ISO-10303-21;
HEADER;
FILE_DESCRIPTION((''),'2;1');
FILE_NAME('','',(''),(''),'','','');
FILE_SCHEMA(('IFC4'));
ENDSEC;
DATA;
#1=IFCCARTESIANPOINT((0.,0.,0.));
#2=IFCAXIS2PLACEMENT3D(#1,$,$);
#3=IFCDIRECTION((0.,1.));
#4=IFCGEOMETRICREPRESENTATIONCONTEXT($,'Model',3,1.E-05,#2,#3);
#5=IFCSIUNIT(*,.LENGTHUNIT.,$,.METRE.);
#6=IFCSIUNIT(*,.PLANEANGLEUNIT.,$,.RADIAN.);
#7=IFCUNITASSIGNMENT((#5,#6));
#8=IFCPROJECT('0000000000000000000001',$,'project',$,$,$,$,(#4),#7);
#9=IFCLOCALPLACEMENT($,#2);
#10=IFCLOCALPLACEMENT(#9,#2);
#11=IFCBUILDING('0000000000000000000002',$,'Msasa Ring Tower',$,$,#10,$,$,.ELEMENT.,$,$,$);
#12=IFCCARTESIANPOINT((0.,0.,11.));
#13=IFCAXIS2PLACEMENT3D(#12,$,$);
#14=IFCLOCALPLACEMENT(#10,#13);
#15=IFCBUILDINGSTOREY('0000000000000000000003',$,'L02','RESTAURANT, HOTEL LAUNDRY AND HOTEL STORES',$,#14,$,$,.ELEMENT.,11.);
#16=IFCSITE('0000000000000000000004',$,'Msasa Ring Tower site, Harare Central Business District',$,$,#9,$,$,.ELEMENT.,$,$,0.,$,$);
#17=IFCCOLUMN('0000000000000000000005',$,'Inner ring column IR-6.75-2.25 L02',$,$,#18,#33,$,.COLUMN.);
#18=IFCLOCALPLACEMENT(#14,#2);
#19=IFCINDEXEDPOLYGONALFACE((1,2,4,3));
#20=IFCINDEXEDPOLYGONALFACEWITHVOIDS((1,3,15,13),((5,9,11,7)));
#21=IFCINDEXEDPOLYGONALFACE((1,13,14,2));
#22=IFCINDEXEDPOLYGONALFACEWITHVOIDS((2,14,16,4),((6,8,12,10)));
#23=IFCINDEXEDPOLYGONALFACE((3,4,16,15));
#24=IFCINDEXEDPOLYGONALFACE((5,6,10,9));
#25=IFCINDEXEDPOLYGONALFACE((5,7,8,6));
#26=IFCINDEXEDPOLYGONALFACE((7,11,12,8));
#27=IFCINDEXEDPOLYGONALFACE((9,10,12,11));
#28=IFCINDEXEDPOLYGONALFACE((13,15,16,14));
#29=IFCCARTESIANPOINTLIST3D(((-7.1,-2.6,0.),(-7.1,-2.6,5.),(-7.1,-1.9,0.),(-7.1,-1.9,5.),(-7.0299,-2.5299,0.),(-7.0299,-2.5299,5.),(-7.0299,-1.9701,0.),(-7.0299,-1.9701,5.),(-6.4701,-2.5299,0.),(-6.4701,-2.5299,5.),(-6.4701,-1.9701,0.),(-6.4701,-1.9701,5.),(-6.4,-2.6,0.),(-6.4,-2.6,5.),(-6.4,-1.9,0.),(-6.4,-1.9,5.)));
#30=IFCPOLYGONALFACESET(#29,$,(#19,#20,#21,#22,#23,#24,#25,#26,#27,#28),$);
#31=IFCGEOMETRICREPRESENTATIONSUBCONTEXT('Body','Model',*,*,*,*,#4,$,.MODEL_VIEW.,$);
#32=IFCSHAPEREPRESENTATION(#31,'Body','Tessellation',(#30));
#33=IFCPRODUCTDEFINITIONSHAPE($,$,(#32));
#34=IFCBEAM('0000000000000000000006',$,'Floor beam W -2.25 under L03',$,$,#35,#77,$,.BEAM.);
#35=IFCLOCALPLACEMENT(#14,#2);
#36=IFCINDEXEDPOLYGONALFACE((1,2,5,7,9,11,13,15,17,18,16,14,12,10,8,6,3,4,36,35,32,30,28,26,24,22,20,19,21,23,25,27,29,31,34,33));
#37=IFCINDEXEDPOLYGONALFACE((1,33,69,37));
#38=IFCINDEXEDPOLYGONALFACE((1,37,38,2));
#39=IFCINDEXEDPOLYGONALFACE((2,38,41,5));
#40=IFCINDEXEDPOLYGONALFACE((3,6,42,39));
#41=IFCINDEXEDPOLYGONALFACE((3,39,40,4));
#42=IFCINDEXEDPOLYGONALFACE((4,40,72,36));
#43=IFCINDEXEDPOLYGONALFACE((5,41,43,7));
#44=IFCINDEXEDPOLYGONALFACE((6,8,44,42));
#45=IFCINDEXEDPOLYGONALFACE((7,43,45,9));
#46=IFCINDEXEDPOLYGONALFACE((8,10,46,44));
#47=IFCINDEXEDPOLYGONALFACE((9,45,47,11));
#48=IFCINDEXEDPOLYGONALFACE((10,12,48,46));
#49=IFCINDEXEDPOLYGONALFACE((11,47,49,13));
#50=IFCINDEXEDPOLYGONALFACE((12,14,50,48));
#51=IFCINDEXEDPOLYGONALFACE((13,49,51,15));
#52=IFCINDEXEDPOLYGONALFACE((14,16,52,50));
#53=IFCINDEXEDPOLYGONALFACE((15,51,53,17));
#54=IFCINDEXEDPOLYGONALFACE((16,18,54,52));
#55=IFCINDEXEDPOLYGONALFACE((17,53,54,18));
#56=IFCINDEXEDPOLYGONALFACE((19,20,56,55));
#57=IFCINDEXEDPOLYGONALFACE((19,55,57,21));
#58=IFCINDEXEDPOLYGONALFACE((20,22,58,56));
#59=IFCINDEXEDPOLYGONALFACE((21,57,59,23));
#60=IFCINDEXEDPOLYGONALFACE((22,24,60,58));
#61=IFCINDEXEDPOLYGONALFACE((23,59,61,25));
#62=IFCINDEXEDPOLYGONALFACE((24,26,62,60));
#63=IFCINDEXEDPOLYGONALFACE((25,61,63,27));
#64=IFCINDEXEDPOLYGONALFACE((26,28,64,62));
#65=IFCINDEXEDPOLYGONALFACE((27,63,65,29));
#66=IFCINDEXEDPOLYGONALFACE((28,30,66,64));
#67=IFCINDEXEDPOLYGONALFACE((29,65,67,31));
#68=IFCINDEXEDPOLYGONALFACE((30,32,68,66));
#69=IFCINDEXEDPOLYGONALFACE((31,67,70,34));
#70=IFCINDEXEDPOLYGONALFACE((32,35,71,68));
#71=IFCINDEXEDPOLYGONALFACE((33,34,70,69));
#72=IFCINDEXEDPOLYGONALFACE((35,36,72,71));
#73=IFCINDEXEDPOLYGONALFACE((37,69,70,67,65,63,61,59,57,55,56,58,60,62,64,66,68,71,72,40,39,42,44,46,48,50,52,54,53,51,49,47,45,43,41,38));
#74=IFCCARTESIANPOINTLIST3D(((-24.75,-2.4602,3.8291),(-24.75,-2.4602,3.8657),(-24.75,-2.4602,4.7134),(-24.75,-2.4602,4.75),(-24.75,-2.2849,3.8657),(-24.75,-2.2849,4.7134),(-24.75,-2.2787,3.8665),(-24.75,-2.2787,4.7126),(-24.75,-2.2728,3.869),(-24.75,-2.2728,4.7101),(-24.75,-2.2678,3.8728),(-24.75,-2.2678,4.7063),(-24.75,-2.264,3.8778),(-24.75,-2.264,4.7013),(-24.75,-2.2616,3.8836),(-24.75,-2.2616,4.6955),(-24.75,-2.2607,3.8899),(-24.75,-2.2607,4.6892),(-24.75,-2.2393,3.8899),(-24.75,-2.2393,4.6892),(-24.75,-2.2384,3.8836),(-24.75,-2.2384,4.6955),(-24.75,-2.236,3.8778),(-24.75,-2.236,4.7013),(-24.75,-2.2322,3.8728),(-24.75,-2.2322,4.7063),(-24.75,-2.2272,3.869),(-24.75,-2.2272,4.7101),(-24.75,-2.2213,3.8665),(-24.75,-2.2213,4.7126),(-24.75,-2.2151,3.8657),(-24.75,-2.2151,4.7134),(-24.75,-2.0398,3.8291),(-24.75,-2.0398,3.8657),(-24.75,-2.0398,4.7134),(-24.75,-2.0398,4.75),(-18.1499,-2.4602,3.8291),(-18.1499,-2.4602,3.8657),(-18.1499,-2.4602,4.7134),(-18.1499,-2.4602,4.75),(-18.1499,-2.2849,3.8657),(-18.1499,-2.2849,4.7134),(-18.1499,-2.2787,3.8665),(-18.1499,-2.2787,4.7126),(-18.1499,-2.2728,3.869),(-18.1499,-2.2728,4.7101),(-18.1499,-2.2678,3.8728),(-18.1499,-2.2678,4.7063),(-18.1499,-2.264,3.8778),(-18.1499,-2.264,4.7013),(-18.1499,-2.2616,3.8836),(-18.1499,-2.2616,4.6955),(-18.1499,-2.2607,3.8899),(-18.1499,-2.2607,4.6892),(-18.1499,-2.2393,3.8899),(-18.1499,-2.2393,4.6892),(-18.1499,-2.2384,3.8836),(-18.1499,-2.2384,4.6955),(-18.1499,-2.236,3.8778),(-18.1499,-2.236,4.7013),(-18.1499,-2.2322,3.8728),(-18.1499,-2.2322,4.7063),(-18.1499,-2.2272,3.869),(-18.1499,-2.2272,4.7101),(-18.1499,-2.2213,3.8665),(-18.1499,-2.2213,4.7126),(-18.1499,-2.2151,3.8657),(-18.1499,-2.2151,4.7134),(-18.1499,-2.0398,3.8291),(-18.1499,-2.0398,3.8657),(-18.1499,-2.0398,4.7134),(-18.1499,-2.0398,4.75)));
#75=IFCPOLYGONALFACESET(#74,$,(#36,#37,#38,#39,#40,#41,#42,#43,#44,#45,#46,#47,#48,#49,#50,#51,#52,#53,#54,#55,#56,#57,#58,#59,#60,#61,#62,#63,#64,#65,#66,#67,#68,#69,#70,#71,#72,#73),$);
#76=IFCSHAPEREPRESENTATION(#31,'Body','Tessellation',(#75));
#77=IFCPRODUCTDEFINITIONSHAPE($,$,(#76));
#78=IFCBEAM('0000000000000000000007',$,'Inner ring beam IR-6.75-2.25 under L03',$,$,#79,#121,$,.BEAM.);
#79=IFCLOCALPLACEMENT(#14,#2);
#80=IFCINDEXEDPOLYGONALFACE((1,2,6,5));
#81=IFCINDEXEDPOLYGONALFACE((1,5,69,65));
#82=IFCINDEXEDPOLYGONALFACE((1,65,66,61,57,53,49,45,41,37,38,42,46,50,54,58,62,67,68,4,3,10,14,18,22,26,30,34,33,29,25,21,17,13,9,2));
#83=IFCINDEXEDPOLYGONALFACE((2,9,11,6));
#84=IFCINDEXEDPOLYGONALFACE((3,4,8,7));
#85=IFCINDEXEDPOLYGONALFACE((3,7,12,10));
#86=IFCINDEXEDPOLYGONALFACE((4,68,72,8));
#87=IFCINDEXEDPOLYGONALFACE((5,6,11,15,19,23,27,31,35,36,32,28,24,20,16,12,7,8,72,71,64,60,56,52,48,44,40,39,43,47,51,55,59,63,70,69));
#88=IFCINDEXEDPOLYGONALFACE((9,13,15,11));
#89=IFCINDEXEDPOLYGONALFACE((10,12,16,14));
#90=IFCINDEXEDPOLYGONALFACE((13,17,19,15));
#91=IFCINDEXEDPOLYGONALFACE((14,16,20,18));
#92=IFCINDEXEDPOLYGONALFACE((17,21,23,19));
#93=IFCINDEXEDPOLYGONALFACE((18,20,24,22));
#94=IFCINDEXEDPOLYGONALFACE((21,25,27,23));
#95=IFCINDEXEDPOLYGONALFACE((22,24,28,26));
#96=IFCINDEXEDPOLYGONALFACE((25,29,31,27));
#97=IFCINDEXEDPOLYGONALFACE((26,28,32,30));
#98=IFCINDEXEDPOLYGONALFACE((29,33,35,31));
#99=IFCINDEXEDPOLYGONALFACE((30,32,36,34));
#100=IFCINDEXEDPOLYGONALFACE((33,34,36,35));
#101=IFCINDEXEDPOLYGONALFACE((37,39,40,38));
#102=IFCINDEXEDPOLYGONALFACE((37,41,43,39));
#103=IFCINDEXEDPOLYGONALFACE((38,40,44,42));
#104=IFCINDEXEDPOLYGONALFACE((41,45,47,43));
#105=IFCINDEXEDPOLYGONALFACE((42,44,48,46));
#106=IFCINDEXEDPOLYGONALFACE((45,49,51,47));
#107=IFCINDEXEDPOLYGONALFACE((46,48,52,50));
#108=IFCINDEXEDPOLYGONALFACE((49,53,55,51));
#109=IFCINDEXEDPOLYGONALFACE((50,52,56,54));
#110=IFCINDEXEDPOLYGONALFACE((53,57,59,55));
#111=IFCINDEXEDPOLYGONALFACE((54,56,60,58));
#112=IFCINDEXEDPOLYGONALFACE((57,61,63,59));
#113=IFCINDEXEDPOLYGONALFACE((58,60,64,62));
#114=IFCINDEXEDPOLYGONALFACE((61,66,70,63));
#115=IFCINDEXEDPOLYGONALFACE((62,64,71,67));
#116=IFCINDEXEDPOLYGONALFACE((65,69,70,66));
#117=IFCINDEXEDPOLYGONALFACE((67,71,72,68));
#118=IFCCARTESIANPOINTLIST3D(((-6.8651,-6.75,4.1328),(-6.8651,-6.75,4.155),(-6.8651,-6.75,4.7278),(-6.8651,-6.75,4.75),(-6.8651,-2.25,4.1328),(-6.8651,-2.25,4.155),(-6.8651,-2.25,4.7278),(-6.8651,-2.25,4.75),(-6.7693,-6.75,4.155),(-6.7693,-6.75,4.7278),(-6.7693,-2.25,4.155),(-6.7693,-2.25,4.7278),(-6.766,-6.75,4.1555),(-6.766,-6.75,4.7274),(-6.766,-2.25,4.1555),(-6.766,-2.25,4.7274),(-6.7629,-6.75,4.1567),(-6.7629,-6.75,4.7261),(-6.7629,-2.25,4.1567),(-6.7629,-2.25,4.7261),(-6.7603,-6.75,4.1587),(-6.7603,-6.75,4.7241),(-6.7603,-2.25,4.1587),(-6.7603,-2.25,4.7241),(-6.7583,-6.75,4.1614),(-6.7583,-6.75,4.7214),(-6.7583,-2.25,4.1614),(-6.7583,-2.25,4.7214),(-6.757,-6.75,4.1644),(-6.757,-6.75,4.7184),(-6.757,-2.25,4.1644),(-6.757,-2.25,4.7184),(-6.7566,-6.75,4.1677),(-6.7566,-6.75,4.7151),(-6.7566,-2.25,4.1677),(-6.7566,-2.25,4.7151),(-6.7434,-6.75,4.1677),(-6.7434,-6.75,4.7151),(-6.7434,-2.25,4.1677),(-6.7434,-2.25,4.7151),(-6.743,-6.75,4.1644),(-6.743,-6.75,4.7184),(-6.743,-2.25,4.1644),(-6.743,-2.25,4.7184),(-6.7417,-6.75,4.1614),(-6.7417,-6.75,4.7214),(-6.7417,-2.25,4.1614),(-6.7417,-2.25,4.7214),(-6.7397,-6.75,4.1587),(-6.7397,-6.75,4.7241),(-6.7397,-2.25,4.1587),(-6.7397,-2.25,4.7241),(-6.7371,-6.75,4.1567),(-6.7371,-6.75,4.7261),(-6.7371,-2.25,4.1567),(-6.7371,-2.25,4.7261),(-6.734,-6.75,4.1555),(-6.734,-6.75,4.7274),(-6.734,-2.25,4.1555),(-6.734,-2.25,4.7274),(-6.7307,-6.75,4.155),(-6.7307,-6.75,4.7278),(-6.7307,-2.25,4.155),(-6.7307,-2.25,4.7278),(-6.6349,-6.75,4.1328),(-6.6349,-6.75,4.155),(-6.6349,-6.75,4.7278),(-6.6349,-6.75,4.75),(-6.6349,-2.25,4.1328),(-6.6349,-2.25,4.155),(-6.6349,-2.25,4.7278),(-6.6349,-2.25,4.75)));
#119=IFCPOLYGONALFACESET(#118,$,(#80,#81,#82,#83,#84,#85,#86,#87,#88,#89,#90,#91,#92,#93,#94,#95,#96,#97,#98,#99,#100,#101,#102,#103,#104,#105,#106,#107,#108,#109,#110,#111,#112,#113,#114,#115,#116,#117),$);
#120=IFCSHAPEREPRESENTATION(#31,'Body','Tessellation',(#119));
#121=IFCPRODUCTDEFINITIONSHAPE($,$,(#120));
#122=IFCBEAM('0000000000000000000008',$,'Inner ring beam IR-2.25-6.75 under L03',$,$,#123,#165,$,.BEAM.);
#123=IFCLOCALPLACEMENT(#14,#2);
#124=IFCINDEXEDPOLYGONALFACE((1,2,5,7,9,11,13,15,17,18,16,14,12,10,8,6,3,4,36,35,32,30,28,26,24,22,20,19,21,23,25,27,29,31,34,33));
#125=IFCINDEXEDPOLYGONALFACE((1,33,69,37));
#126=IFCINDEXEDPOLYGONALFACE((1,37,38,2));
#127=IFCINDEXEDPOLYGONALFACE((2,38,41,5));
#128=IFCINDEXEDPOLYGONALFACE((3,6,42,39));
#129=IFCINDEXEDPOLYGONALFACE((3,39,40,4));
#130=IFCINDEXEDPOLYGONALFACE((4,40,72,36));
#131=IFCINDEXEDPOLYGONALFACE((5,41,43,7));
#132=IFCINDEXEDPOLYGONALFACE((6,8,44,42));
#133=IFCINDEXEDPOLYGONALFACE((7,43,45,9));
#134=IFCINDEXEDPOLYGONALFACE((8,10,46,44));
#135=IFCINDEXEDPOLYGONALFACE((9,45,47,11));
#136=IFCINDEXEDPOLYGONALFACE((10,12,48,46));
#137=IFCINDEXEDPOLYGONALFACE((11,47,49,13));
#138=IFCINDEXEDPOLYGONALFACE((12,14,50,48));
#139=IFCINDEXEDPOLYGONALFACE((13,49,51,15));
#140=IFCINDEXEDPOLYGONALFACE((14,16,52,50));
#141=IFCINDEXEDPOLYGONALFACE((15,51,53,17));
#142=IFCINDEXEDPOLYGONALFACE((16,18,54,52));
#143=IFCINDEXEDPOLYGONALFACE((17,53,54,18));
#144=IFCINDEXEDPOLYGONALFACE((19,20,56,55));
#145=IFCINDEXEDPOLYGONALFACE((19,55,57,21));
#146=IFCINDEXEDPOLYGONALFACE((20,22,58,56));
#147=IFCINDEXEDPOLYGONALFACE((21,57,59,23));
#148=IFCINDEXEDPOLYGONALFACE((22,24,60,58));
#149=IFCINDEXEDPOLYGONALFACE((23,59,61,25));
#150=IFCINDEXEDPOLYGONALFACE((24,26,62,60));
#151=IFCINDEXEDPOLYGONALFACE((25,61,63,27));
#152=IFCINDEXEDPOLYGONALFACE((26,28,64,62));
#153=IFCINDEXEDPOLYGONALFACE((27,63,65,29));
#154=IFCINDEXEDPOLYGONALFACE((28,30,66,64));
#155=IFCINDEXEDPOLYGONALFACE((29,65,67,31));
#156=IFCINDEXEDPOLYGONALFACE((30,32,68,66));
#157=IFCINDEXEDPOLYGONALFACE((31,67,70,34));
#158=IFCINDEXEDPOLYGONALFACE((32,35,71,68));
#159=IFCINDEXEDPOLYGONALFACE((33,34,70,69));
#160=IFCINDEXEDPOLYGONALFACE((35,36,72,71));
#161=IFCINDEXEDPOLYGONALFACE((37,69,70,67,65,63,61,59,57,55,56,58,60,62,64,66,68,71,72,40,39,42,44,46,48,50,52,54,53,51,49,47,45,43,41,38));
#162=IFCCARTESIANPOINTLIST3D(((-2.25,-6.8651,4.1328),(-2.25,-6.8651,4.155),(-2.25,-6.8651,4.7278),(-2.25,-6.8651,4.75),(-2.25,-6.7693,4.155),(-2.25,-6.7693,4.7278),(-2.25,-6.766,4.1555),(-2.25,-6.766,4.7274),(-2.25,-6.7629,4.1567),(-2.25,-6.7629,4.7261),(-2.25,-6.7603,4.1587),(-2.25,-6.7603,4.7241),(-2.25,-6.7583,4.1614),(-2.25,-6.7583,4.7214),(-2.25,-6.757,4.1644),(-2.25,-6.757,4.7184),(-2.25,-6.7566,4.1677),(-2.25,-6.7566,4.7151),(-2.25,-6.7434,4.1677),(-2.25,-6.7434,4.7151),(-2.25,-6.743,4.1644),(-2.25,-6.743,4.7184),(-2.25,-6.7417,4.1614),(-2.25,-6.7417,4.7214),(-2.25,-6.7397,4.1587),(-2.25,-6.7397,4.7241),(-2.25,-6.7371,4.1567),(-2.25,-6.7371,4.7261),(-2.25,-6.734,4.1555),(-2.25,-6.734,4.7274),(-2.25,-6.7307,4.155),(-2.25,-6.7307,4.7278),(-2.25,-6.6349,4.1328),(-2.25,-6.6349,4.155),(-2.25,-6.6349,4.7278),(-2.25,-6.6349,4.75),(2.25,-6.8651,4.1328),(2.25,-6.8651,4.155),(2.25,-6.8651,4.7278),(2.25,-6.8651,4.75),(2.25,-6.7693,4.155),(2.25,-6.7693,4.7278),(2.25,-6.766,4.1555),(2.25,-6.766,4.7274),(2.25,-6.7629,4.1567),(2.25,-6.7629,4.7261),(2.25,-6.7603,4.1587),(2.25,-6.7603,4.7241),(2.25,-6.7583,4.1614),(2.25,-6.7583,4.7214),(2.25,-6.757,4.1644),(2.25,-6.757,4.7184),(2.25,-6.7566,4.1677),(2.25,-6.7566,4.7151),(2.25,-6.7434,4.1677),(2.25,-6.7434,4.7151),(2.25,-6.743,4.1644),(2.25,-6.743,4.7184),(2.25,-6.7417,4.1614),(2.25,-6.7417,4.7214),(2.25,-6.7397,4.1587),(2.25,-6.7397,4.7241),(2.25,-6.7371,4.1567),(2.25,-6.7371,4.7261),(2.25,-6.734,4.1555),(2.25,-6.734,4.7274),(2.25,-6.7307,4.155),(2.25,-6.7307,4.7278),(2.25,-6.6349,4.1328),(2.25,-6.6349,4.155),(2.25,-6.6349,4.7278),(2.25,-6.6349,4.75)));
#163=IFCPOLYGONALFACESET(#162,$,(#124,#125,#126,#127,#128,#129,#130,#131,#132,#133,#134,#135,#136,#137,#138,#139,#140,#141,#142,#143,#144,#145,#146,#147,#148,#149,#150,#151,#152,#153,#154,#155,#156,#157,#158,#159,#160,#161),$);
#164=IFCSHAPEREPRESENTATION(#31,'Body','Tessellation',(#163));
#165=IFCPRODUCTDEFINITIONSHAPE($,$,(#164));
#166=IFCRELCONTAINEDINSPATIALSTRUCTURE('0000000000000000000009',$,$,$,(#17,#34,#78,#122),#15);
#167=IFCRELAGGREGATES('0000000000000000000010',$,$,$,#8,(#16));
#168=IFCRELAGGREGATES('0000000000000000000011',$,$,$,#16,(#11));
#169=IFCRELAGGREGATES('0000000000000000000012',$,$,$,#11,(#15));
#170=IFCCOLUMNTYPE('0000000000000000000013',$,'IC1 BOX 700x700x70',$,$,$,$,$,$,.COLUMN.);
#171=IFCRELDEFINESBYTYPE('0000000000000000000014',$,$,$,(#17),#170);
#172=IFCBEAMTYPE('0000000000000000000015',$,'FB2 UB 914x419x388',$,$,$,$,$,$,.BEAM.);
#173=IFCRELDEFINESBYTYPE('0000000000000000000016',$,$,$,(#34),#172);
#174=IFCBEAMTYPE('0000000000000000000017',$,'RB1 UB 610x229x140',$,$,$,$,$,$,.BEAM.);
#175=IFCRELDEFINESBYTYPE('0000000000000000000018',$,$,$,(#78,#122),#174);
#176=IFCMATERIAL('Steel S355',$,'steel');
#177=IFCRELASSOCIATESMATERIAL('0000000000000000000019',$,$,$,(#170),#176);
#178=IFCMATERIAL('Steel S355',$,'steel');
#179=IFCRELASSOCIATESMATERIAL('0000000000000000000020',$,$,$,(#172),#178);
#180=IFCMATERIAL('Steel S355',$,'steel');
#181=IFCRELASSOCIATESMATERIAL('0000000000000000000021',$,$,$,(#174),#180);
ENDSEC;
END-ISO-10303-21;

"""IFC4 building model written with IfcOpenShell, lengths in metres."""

from ifc_helpers import new_model, si_unit, direction, frame, origin, origin_2d, place, context, subcontext, project, spatial, hollow_rectangle, i_section, extrude, material, material_profile, profile_set, type_object, element, save


model = new_model("IFC4")

# Units and contexts
model_context = context("Model", 3, precision=1e-05, world=origin(), true_north=direction((0.0, 1.0)))
body_context = subcontext(model_context, "Body", "Model", "MODEL_VIEW")
ifc_project = project(units=[si_unit("LENGTHUNIT", "METRE"), si_unit("PLANEANGLEUNIT", "RADIAN")], contexts=[model_context])

# Site, building, storey
site_placement = place(None, origin())
site = spatial("IfcSite", under=ifc_project, at=site_placement, Name="Msasa Ring Tower site, Harare Central Business District", CompositionType="ELEMENT", RefElevation=0.0)
building_placement = place(site_placement, origin())
building = spatial("IfcBuilding", under=site, at=building_placement, Name="Msasa Ring Tower", CompositionType="ELEMENT")
storey_placement = place(building_placement, frame((0.0, 0.0, 11.0)))
storey = spatial("IfcBuildingStorey", under=building, at=storey_placement, Name="L02", Description="RESTAURANT, HOTEL LAUNDRY AND HOTEL STORES", CompositionType="ELEMENT", Elevation=11.0)

# Column
ifc_material_1 = material(Name="Steel S355", Category="steel")
ifc_material_profile_1 = material_profile(ifc_material_1, hollow_rectangle(XDim=0.7, YDim=0.7, WallThickness=0.0701, at=origin_2d()), Name="BOX 700x700x70")
ifc_profile_set_1 = profile_set([ifc_material_profile_1], Name="Steel S355")
column_type = type_object("IfcColumnType", Name="IC1 BOX 700x700x70", PredefinedType="COLUMN", material=ifc_profile_set_1)
column_placement = place(storey_placement, frame((-6.75, -2.25, 0.0), z_axis=(0.0, 0.0, 1.0), x_axis=(1.0, 0.0, 0.0)))
element("IfcColumn", 1, at=column_placement, inside=storey, type_object=column_type, Name="Inner ring column IR-6.75-2.25 L02", PredefinedType="COLUMN", context=body_context, shape_type="SweptSolid", body=[
    extrude(hollow_rectangle(XDim=0.7, YDim=0.7, WallThickness=0.0701, at=origin_2d()), origin(), (0.0, 0.0, 1.0), 5.0),
])

# Beams
ifc_material_2 = material(Name="Steel S355", Category="steel")
ifc_material_profile_2 = material_profile(ifc_material_2, i_section(OverallWidth=0.4204, OverallDepth=0.9209, WebThickness=0.0215, FlangeThickness=0.0366, FilletRadius=0.0242, at=origin_2d()), Name="UB 914x419x388")
ifc_profile_set_2 = profile_set([ifc_material_profile_2], Name="Steel S355")
beam_type_1 = type_object("IfcBeamType", Name="FB2 UB 914x419x388", PredefinedType="BEAM", material=ifc_profile_set_2)
beam_1_placement = place(storey_placement, frame((-24.75, -2.25, 4.2896), z_axis=(1.0, 0.0, 0.0), x_axis=(0.0, 1.0, 0.0)))
element("IfcBeam", 2, at=beam_1_placement, inside=storey, type_object=beam_type_1, Name="Floor beam W -2.25 under L03", PredefinedType="BEAM", context=body_context, shape_type="SweptSolid", body=[
    extrude(i_section(OverallWidth=0.4204, OverallDepth=0.9209, WebThickness=0.0215, FlangeThickness=0.0366, FilletRadius=0.0242, at=origin_2d()), origin(), (0.0, 0.0, 1.0), 6.6001),
])
ifc_material_3 = material(Name="Steel S355", Category="steel")
ifc_material_profile_3 = material_profile(ifc_material_3, i_section(OverallWidth=0.2302, OverallDepth=0.6172, WebThickness=0.0132, FlangeThickness=0.0222, FilletRadius=0.0127, at=origin_2d()), Name="UB 610x229x140")
ifc_profile_set_3 = profile_set([ifc_material_profile_3], Name="Steel S355")
beam_type_2 = type_object("IfcBeamType", Name="RB1 UB 610x229x140", PredefinedType="BEAM", material=ifc_profile_set_3)
for number, where, z_axis, x_axis, name in (
    (3, (-6.75, -2.25, 4.4414), (0.0, -1.0, 0.0), (1.0, 0.0, 0.0), "Inner ring beam IR-6.75-2.25 under L03"),
    (4, (-2.25, -6.75, 4.4414), (1.0, 0.0, 0.0), (0.0, 1.0, 0.0), "Inner ring beam IR-2.25-6.75 under L03"),
):
    element("IfcBeam", number, at=place(storey_placement, frame(where, z_axis=z_axis, x_axis=x_axis)), inside=storey, type_object=beam_type_2, Name=name, PredefinedType="BEAM", context=body_context, shape_type="SweptSolid", body=[
        extrude(i_section(OverallWidth=0.2302, OverallDepth=0.6172, WebThickness=0.0132, FlangeThickness=0.0222, FilletRadius=0.0127, at=origin_2d()), origin(), (0.0, 0.0, 1.0), 4.5),
    ])

save(model, "model.ifc")
